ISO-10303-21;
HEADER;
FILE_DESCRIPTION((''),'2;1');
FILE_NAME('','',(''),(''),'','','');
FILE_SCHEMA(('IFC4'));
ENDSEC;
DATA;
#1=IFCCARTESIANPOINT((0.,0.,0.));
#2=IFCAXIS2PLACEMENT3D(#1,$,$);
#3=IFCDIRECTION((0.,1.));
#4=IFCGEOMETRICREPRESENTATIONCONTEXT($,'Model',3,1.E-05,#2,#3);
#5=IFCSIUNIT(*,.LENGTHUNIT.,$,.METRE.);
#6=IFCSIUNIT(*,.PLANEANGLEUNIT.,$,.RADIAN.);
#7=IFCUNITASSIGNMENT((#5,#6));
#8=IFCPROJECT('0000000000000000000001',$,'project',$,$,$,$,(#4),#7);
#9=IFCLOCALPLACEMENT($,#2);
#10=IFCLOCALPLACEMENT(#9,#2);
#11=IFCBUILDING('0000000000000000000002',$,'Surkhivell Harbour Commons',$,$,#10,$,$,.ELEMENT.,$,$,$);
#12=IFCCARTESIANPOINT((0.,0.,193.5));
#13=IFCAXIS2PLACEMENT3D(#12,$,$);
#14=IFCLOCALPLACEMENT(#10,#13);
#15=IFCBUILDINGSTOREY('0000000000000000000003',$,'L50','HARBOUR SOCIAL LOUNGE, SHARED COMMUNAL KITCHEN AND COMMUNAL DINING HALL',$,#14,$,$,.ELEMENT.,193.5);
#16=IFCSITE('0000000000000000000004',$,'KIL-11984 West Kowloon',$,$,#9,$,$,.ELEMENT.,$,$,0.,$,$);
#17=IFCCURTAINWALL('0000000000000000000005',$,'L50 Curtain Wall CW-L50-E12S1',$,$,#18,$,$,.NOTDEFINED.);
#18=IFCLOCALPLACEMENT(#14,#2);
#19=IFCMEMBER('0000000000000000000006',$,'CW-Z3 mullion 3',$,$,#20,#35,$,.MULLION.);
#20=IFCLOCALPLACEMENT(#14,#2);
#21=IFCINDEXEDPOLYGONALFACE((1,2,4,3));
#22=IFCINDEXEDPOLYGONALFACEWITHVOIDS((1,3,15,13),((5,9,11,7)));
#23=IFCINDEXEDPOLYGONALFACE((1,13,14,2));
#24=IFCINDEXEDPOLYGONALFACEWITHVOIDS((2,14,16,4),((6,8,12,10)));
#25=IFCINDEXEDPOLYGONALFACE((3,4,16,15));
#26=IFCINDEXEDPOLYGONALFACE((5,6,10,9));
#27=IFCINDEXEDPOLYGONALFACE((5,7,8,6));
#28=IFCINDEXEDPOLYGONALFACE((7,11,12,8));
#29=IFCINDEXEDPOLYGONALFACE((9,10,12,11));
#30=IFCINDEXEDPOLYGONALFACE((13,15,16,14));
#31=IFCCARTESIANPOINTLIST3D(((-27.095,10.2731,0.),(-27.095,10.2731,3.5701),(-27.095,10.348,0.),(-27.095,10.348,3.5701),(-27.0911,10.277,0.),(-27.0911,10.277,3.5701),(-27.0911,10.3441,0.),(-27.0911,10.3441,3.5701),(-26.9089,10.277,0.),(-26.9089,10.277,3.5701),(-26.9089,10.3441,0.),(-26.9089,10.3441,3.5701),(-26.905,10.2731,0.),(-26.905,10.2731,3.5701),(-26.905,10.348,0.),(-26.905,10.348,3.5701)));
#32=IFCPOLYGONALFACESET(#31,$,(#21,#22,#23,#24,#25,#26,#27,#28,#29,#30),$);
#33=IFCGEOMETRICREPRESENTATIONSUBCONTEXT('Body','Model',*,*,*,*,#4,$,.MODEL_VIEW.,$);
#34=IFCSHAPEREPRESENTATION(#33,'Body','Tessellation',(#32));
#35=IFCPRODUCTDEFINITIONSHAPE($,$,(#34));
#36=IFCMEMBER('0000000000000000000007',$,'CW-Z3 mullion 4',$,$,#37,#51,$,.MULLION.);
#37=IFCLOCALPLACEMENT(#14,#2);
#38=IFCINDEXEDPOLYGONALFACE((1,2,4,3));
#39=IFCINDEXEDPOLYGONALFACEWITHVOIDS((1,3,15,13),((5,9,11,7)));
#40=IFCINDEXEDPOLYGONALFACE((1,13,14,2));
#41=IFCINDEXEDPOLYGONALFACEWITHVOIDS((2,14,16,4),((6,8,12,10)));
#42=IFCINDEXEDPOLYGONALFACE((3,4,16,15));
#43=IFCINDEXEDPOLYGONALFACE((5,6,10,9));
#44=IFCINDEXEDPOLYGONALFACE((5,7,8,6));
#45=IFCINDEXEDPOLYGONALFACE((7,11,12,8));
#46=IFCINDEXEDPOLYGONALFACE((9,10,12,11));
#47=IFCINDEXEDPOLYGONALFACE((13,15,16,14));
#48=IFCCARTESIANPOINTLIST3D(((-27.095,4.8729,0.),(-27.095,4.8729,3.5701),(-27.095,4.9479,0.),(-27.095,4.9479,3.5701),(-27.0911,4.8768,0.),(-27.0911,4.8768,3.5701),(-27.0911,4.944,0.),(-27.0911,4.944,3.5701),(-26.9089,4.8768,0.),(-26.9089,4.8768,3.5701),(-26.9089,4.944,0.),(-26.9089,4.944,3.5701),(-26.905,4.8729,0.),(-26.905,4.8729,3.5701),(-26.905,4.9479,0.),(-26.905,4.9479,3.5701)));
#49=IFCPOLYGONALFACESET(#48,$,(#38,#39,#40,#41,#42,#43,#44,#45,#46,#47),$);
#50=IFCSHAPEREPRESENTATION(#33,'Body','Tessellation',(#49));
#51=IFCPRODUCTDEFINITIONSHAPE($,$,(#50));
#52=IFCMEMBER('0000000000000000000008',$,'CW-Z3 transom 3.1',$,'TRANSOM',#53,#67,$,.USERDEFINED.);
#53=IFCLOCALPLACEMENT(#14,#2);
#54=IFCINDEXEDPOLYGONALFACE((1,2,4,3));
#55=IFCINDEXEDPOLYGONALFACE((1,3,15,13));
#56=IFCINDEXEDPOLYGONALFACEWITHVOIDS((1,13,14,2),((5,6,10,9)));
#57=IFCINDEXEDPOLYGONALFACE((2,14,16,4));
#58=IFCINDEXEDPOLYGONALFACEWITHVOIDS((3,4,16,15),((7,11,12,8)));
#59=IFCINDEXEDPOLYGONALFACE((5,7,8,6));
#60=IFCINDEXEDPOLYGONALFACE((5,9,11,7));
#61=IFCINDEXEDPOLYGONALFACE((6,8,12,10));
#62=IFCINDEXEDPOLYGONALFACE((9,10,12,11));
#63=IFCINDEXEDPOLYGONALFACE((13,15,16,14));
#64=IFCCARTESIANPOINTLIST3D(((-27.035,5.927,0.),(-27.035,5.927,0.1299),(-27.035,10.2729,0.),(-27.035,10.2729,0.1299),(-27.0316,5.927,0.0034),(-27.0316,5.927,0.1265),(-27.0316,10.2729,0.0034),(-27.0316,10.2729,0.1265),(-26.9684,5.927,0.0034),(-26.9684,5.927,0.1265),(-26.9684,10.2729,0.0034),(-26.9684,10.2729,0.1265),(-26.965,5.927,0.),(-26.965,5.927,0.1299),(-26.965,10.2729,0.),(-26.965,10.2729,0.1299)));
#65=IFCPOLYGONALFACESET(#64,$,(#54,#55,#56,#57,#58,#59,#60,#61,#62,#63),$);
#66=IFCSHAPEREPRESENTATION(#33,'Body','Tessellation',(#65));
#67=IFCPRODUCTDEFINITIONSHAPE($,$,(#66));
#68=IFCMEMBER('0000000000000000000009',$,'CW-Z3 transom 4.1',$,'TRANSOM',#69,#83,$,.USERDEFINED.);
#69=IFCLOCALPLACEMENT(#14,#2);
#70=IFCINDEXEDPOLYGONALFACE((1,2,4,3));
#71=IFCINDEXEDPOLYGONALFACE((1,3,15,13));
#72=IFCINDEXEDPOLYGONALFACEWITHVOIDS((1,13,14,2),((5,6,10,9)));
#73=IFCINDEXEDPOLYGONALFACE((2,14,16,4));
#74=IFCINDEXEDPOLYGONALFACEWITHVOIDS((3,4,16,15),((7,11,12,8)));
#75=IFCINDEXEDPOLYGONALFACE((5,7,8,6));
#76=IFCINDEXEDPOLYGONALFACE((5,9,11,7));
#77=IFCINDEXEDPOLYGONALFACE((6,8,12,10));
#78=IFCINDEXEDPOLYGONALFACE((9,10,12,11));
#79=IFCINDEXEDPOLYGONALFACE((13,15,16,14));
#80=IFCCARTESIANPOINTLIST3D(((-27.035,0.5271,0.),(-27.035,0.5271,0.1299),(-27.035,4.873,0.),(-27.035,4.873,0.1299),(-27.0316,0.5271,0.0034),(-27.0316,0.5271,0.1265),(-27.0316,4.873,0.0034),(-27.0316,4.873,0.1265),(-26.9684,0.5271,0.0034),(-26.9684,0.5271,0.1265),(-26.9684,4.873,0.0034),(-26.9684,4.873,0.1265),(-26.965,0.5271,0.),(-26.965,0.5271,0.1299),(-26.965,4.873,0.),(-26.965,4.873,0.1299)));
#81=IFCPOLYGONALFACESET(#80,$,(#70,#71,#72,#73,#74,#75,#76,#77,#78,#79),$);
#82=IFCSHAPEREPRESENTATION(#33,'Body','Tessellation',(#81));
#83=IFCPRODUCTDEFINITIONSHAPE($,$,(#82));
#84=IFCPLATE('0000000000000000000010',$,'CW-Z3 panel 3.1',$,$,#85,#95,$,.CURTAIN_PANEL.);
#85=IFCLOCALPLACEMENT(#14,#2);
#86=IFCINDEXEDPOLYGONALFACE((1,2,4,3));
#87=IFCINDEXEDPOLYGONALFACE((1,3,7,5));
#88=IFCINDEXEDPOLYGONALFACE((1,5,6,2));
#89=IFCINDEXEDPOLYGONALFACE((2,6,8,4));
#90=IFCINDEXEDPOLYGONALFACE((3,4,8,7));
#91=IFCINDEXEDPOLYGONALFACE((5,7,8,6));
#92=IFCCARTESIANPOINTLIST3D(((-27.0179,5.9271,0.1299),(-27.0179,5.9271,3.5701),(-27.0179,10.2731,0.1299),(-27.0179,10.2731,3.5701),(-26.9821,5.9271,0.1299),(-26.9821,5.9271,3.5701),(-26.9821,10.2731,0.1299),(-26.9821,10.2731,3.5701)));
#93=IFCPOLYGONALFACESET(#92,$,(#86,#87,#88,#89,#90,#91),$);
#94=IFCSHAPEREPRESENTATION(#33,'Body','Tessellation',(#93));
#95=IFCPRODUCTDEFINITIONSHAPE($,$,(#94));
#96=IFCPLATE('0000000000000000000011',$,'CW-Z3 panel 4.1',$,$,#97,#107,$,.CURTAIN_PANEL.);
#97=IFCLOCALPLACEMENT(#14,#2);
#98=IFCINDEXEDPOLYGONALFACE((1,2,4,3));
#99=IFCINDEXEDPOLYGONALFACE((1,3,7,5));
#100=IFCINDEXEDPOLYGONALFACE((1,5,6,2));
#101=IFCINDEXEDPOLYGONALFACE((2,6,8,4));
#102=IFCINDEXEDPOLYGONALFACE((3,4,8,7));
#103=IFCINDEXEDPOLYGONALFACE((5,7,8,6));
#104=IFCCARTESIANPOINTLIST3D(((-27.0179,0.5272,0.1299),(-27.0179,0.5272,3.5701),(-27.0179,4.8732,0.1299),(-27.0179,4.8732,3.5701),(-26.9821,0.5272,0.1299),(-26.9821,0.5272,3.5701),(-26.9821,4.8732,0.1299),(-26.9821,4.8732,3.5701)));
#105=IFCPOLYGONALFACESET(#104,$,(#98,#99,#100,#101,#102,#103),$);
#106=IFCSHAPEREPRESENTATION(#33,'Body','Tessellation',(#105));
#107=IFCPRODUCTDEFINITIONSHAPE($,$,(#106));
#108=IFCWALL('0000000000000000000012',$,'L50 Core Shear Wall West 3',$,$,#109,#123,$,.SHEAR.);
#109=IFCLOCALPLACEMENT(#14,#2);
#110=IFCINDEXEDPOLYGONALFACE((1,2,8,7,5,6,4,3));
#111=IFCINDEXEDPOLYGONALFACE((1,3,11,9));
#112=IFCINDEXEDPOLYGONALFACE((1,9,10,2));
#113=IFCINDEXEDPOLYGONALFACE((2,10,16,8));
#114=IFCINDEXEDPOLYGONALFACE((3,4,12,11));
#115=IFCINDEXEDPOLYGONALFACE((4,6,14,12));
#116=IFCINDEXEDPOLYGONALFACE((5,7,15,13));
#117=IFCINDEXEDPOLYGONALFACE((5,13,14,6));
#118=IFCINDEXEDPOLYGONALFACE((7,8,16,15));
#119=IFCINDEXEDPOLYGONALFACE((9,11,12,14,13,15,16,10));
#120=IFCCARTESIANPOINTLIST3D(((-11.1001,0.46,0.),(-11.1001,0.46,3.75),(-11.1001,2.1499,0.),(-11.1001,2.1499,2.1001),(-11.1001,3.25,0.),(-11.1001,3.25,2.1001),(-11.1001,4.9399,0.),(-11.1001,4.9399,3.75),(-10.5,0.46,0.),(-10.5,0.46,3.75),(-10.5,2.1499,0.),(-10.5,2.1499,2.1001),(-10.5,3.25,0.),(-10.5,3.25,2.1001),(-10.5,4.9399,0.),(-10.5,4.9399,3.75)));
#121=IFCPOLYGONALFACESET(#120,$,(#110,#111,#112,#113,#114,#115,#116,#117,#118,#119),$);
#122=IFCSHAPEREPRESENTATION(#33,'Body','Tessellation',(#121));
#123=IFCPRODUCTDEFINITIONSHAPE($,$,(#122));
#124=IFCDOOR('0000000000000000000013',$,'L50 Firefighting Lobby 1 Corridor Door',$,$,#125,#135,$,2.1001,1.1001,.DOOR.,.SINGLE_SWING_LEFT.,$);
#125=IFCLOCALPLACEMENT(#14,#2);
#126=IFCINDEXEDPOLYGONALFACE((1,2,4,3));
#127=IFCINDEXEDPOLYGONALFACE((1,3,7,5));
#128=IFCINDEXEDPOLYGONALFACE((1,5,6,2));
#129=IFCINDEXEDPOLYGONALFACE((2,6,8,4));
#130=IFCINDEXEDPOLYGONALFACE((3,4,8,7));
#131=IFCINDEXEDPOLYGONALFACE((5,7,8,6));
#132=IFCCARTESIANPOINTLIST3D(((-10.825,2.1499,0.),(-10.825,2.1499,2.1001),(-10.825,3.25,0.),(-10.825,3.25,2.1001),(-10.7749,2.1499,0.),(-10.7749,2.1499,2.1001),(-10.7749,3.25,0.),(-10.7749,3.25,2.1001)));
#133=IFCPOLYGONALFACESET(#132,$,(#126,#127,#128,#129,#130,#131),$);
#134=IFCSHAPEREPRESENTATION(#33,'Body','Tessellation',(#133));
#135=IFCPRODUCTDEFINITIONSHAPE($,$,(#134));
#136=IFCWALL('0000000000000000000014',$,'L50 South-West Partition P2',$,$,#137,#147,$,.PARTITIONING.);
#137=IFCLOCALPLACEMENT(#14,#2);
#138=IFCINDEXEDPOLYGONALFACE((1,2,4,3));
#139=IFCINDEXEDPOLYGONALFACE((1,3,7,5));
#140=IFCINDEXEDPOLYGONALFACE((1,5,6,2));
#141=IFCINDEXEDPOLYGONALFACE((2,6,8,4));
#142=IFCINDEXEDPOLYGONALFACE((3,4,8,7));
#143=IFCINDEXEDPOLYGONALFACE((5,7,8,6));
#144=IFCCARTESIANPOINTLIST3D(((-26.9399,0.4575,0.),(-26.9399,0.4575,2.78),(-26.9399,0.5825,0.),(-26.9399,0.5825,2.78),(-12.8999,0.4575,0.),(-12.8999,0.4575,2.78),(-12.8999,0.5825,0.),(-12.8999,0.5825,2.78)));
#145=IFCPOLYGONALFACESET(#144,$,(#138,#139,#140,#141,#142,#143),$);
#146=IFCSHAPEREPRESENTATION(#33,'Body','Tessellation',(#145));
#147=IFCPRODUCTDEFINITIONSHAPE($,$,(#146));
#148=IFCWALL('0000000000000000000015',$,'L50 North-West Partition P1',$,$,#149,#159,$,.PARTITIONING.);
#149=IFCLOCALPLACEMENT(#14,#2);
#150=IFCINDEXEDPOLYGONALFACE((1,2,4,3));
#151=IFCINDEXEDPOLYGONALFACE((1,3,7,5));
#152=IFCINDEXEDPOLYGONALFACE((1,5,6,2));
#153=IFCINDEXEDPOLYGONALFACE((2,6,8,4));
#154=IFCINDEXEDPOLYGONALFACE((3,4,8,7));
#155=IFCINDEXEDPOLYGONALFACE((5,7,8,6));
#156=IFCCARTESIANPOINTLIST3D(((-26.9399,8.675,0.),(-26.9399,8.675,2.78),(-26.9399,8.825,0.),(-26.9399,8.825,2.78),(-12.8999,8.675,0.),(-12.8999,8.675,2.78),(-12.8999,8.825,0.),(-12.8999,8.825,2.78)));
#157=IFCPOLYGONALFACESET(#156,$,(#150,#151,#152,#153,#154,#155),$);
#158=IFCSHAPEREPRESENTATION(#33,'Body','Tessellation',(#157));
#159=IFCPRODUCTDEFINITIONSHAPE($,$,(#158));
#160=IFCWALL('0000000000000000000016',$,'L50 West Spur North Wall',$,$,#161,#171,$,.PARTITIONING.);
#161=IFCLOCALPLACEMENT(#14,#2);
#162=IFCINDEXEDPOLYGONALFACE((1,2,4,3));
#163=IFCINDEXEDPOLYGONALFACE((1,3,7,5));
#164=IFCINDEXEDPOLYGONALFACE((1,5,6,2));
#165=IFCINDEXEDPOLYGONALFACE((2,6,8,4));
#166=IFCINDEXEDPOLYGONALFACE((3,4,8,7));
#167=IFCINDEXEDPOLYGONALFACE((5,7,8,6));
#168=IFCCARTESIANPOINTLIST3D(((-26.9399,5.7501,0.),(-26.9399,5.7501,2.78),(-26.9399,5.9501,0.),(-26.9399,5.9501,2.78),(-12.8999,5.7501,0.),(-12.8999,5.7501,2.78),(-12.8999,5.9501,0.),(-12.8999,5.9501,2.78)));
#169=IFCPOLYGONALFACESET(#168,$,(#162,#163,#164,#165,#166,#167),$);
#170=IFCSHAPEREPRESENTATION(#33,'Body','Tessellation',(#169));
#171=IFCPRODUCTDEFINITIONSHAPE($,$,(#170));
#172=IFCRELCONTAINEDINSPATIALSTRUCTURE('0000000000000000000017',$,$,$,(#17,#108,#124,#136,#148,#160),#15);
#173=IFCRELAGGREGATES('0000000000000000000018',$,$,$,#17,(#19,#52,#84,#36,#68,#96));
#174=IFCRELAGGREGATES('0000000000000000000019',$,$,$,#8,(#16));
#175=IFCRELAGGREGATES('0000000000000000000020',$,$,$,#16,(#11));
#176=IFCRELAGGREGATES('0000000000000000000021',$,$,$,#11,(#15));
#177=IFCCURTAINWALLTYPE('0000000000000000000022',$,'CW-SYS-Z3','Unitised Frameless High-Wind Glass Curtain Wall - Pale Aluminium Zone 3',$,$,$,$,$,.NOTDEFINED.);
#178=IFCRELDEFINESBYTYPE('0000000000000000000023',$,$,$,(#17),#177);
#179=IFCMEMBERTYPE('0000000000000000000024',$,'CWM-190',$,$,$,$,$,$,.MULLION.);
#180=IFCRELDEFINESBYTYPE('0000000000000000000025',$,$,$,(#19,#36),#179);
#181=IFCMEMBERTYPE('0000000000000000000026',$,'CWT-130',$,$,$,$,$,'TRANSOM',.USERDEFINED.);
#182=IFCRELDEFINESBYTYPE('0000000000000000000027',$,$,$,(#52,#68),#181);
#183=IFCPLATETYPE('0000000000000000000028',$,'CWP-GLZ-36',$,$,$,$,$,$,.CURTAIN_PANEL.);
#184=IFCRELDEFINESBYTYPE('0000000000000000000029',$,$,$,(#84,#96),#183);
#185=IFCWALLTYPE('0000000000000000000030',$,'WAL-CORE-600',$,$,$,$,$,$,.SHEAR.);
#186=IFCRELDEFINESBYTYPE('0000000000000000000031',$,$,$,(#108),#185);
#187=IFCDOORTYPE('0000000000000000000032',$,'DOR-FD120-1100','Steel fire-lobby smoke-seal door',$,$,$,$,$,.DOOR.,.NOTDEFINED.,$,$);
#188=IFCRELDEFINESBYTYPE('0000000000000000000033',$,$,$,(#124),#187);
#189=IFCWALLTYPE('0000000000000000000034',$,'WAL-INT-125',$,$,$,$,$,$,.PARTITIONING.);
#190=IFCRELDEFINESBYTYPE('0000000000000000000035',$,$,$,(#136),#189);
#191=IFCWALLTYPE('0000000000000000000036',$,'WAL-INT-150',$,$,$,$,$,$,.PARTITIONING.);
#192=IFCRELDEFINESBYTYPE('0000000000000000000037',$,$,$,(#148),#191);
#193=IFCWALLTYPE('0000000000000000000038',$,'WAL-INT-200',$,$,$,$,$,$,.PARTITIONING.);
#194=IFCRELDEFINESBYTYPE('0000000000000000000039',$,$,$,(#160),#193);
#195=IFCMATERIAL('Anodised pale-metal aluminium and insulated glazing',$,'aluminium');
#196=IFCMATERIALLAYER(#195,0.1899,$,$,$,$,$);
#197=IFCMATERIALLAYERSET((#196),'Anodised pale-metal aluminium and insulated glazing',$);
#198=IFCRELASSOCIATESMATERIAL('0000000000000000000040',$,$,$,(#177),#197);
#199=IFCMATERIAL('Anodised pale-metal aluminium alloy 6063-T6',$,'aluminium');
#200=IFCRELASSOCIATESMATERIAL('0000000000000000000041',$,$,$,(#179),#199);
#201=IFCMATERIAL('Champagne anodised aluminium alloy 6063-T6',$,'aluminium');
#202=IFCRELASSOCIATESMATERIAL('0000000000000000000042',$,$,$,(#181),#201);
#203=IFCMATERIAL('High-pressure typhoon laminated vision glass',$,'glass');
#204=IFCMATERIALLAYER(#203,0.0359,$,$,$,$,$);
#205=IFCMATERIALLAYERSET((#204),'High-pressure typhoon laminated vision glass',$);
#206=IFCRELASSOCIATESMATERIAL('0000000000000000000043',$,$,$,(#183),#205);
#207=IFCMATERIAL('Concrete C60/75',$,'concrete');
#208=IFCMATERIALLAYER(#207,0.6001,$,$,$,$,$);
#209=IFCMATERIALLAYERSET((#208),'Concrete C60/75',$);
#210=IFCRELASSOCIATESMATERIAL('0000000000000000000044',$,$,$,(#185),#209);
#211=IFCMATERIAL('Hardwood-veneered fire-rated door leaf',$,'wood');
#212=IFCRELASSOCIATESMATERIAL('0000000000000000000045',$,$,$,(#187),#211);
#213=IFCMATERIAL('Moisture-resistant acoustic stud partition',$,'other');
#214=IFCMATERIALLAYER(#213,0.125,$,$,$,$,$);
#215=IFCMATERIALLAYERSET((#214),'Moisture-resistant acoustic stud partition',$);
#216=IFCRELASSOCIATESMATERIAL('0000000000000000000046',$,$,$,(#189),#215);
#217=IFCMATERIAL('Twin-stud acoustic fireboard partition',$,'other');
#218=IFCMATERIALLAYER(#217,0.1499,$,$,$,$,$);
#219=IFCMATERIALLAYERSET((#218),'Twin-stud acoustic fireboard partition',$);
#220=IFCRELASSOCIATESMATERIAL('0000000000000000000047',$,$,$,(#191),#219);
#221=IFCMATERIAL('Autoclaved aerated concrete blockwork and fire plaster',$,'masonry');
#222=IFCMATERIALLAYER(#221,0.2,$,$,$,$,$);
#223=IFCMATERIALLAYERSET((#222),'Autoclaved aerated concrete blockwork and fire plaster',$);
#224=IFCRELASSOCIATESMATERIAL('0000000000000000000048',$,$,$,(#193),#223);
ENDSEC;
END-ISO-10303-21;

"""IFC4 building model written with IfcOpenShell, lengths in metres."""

from ifc_helpers import new_model, si_unit, direction, frame, frame_2d, origin, origin_2d, place, context, subcontext, project, spatial, rectangle, hollow_rectangle, extrude, material, layer, layer_set, material_profile, profile_set, type_object, element, fill, aggregate, save


model = new_model("IFC4")

# Units and contexts
model_context = context("Model", 3, precision=1e-05, world=origin(), true_north=direction((0.0, 1.0)))
body_context = subcontext(model_context, "Body", "Model", "MODEL_VIEW")
ifc_project = project(units=[si_unit("LENGTHUNIT", "METRE"), si_unit("PLANEANGLEUNIT", "RADIAN")], contexts=[model_context])

# Site, building, storey
site_placement = place(None, origin())
site = spatial("IfcSite", under=ifc_project, at=site_placement, Name="KIL-11984 West Kowloon", CompositionType="ELEMENT", RefElevation=0.0)
building_placement = place(site_placement, origin())
building = spatial("IfcBuilding", under=site, at=building_placement, Name="Surkhivell Harbour Commons", CompositionType="ELEMENT")
storey_placement = place(building_placement, frame((0.0, 0.0, 193.5)))
storey = spatial("IfcBuildingStorey", under=building, at=storey_placement, Name="L50", Description="HARBOUR SOCIAL LOUNGE, SHARED COMMUNAL KITCHEN AND COMMUNAL DINING HALL", CompositionType="ELEMENT", Elevation=193.5)

# Shared definitions
ifc_material_1 = material(Name="Concrete C60/75", Category="concrete")

# Curtain wall, members, plates
ifc_material_2 = material(Name="Anodised pale-metal aluminium and insulated glazing", Category="aluminium")
ifc_layer_1 = layer(ifc_material_2, 0.1899)
ifc_layer_set_1 = layer_set([ifc_layer_1], Name="Anodised pale-metal aluminium and insulated glazing")
curtain_wall_type = type_object("IfcCurtainWallType", Name="CW-SYS-Z3", Description="Unitised Frameless High-Wind Glass Curtain Wall - Pale Aluminium Zone 3", PredefinedType="NOTDEFINED", material=ifc_layer_set_1)
curtain_wall_placement = place(storey_placement, origin())
curtain_wall = element("IfcCurtainWall", 1, at=curtain_wall_placement, inside=storey, type_object=curtain_wall_type, Name="L50 Curtain Wall CW-L50-E12S1", PredefinedType="NOTDEFINED")
ifc_material_3 = material(Name="Anodised pale-metal aluminium alloy 6063-T6", Category="aluminium")
ifc_material_profile_1 = material_profile(ifc_material_3, hollow_rectangle(XDim=0.075, YDim=0.1899, WallThickness=0.0039, at=origin_2d()), Name="ALU-MULL-75x190")
ifc_profile_set_1 = profile_set([ifc_material_profile_1], Name="Anodised pale-metal aluminium alloy 6063-T6")
member_type_1 = type_object("IfcMemberType", Name="CWM-190", PredefinedType="MULLION", material=ifc_profile_set_1)
member_1_placement = place(storey_placement, frame((-27.0, 10.3105, 0.0), z_axis=(0.0, 0.0, 1.0), x_axis=(0.0, -1.0, 0.0)))
member_1 = element("IfcMember", 2, at=member_1_placement, type_object=member_type_1, Name="CW-Z3 mullion 3", PredefinedType="MULLION", context=body_context, shape_type="SweptSolid", body=[
    extrude(hollow_rectangle(XDim=0.075, YDim=0.1899, WallThickness=0.0039, at=origin_2d()), origin(), (0.0, 0.0, 1.0), 3.5701),
])
member_2_placement = place(storey_placement, frame((-27.0, 4.9104, 0.0), z_axis=(0.0, 0.0, 1.0), x_axis=(0.0, -1.0, 0.0)))
member_2 = element("IfcMember", 3, at=member_2_placement, type_object=member_type_1, Name="CW-Z3 mullion 4", PredefinedType="MULLION", context=body_context, shape_type="SweptSolid", body=[
    extrude(hollow_rectangle(XDim=0.075, YDim=0.1899, WallThickness=0.0039, at=origin_2d()), origin(), (0.0, 0.0, 1.0), 3.5701),
])
ifc_material_4 = material(Name="Champagne anodised aluminium alloy 6063-T6", Category="aluminium")
ifc_material_profile_2 = material_profile(ifc_material_4, hollow_rectangle(XDim=0.0701, YDim=0.1299, WallThickness=0.0034, at=origin_2d()), Name="ALU-TRAN-70x130")
ifc_profile_set_2 = profile_set([ifc_material_profile_2], Name="Champagne anodised aluminium alloy 6063-T6")
member_type_2 = type_object("IfcMemberType", Name="CWT-130", ElementType="TRANSOM", PredefinedType="USERDEFINED", material=ifc_profile_set_2)
member_3_placement = place(storey_placement, frame((-27.0, 10.2729, 0.0649), z_axis=(0.0, -1.0, 0.0), x_axis=(1.0, 0.0, 0.0)))
member_3 = element("IfcMember", 4, at=member_3_placement, type_object=member_type_2, Name="CW-Z3 transom 3.1", ObjectType="TRANSOM", PredefinedType="USERDEFINED", context=body_context, shape_type="SweptSolid", body=[
    extrude(hollow_rectangle(XDim=0.0701, YDim=0.1299, WallThickness=0.0034, at=origin_2d()), origin(), (0.0, 0.0, 1.0), 4.3459),
])
member_4_placement = place(storey_placement, frame((-27.0, 4.873, 0.0649), z_axis=(0.0, -1.0, 0.0), x_axis=(1.0, 0.0, 0.0)))
member_4 = element("IfcMember", 5, at=member_4_placement, type_object=member_type_2, Name="CW-Z3 transom 4.1", ObjectType="TRANSOM", PredefinedType="USERDEFINED", context=body_context, shape_type="SweptSolid", body=[
    extrude(hollow_rectangle(XDim=0.0701, YDim=0.1299, WallThickness=0.0034, at=origin_2d()), origin(), (0.0, 0.0, 1.0), 4.3459),
])
ifc_material_5 = material(Name="High-pressure typhoon laminated vision glass", Category="glass")
ifc_layer_2 = layer(ifc_material_5, 0.0359)
ifc_layer_set_2 = layer_set([ifc_layer_2], Name="High-pressure typhoon laminated vision glass")
plate_type = type_object("IfcPlateType", Name="CWP-GLZ-36", PredefinedType="CURTAIN_PANEL", material=ifc_layer_set_2)
plate_1_placement = place(storey_placement, frame((-27.0, 10.2729, 0.1299), z_axis=(0.0, 0.0, 1.0), x_axis=(0.0, -1.0, 0.0)))
plate_1 = element("IfcPlate", 6, at=plate_1_placement, type_object=plate_type, Name="CW-Z3 panel 3.1", PredefinedType="CURTAIN_PANEL", context=body_context, shape_type="SweptSolid", body=[
    extrude(rectangle(XDim=4.3459, YDim=0.0359, at=frame_2d((2.1729, 0.0))), origin(), (0.0, 0.0, 1.0), 3.4402),
])
plate_2_placement = place(storey_placement, frame((-27.0, 4.873, 0.1299), z_axis=(0.0, 0.0, 1.0), x_axis=(0.0, -1.0, 0.0)))
plate_2 = element("IfcPlate", 7, at=plate_2_placement, type_object=plate_type, Name="CW-Z3 panel 4.1", PredefinedType="CURTAIN_PANEL", context=body_context, shape_type="SweptSolid", body=[
    extrude(rectangle(XDim=4.3459, YDim=0.0359, at=frame_2d((2.1729, 0.0))), origin(), (0.0, 0.0, 1.0), 3.4402),
])
aggregate(curtain_wall, [member_1, member_3, plate_1, member_2, member_4, plate_2])

# Wall, opening, door
ifc_layer_3 = layer(ifc_material_1, 0.6001)
ifc_layer_set_3 = layer_set([ifc_layer_3], Name="Concrete C60/75")
wall_type_1 = type_object("IfcWallType", Name="WAL-CORE-600", PredefinedType="SHEAR", material=ifc_layer_set_3)
wall_1_placement = place(storey_placement, frame((-10.8, 0.46, 0.0), z_axis=(0.0, 0.0, 1.0), x_axis=(0.0, 1.0, 0.0)))
wall_1 = element("IfcWall", 8, at=wall_1_placement, inside=storey, type_object=wall_type_1, Name="L50 Core Shear Wall West 3", PredefinedType="SHEAR", context=body_context, shape_type="SweptSolid", body=[
    extrude(rectangle(XDim=4.48, YDim=0.6001, at=frame_2d((2.24, 0.0))), origin(), (0.0, 0.0, 1.0), 3.75),
])
opening_1_placement = place(wall_1_placement, frame((1.6899, 0.0, 0.0)))
opening_1 = element("IfcOpeningElement", 9, at=opening_1_placement, cuts=wall_1, PredefinedType="OPENING", context=body_context, shape_type="SweptSolid", body=[
    extrude(rectangle(XDim=1.1001, YDim=2.1001, at=frame_2d((0.55, 1.05))), frame((0.0, 0.3101, 0.0), z_axis=(0.0, -1.0, 0.0), x_axis=(1.0, 0.0, 0.0)), (0.0, 0.0, 1.0), 0.6201),
])
ifc_material_6 = material(Name="Hardwood-veneered fire-rated door leaf", Category="wood")
door_type_1 = type_object("IfcDoorType", Name="DOR-FD120-1100", Description="Steel fire-lobby smoke-seal door", OperationType="NOTDEFINED", PredefinedType="DOOR", material=ifc_material_6)
door_1_placement = place(opening_1_placement, origin())
door_1 = element("IfcDoor", 10, at=door_1_placement, inside=storey, type_object=door_type_1, Name="L50 Firefighting Lobby 1 Corridor Door", OperationType="SINGLE_SWING_LEFT", OverallHeight=2.1001, OverallWidth=1.1001, PredefinedType="DOOR", context=body_context, shape_type="SweptSolid", body=[
    extrude(rectangle(XDim=1.1001, YDim=2.1001, at=frame_2d((0.55, 1.05))), frame((0.0, 0.0249, 0.0), z_axis=(0.0, -1.0, 0.0), x_axis=(1.0, 0.0, 0.0)), (0.0, 0.0, 1.0), 0.05),
])
fill(opening_1, door_1)

# Walls
ifc_material_7 = material(Name="Moisture-resistant acoustic stud partition", Category="other")
ifc_layer_4 = layer(ifc_material_7, 0.125)
ifc_layer_set_4 = layer_set([ifc_layer_4], Name="Moisture-resistant acoustic stud partition")
wall_type_2 = type_object("IfcWallType", Name="WAL-INT-125", PredefinedType="PARTITIONING", material=ifc_layer_set_4)
wall_2_placement = place(storey_placement, frame((-26.9399, 0.52, 0.0), z_axis=(0.0, 0.0, 1.0), x_axis=(1.0, 0.0, 0.0)))
element("IfcWall", 11, at=wall_2_placement, inside=storey, type_object=wall_type_2, Name="L50 South-West Partition P2", PredefinedType="PARTITIONING", context=body_context, shape_type="SweptSolid", body=[
    extrude(rectangle(XDim=14.04, YDim=0.125, at=frame_2d((7.02, 0.0))), origin(), (0.0, 0.0, 1.0), 2.78),
])
ifc_material_8 = material(Name="Twin-stud acoustic fireboard partition", Category="other")
ifc_layer_5 = layer(ifc_material_8, 0.1499)
ifc_layer_set_5 = layer_set([ifc_layer_5], Name="Twin-stud acoustic fireboard partition")
wall_type_3 = type_object("IfcWallType", Name="WAL-INT-150", PredefinedType="PARTITIONING", material=ifc_layer_set_5)
wall_3_placement = place(storey_placement, frame((-26.9399, 8.75, 0.0), z_axis=(0.0, 0.0, 1.0), x_axis=(1.0, 0.0, 0.0)))
element("IfcWall", 12, at=wall_3_placement, inside=storey, type_object=wall_type_3, Name="L50 North-West Partition P1", PredefinedType="PARTITIONING", context=body_context, shape_type="SweptSolid", body=[
    extrude(rectangle(XDim=14.04, YDim=0.1499, at=frame_2d((7.02, 0.0))), origin(), (0.0, 0.0, 1.0), 2.78),
])
ifc_material_9 = material(Name="Autoclaved aerated concrete blockwork and fire plaster", Category="masonry")
ifc_layer_6 = layer(ifc_material_9, 0.2)
ifc_layer_set_6 = layer_set([ifc_layer_6], Name="Autoclaved aerated concrete blockwork and fire plaster")
wall_type_4 = type_object("IfcWallType", Name="WAL-INT-200", PredefinedType="PARTITIONING", material=ifc_layer_set_6)
for number, where, z_axis, x_axis, name in (
    (13, (-26.9399, 5.8501, 0.0), (0.0, 0.0, 1.0), (1.0, 0.0, 0.0), "L50 West Spur North Wall"),
):
    element("IfcWall", number, at=place(storey_placement, frame(where, z_axis=z_axis, x_axis=x_axis)), inside=storey, type_object=wall_type_4, Name=name, PredefinedType="PARTITIONING", context=body_context, shape_type="SweptSolid", body=[
        extrude(rectangle(XDim=14.04, YDim=0.2, at=frame_2d((7.02, 0.0))), origin(), (0.0, 0.0, 1.0), 2.78),
    ])

save(model, "model.ifc")
